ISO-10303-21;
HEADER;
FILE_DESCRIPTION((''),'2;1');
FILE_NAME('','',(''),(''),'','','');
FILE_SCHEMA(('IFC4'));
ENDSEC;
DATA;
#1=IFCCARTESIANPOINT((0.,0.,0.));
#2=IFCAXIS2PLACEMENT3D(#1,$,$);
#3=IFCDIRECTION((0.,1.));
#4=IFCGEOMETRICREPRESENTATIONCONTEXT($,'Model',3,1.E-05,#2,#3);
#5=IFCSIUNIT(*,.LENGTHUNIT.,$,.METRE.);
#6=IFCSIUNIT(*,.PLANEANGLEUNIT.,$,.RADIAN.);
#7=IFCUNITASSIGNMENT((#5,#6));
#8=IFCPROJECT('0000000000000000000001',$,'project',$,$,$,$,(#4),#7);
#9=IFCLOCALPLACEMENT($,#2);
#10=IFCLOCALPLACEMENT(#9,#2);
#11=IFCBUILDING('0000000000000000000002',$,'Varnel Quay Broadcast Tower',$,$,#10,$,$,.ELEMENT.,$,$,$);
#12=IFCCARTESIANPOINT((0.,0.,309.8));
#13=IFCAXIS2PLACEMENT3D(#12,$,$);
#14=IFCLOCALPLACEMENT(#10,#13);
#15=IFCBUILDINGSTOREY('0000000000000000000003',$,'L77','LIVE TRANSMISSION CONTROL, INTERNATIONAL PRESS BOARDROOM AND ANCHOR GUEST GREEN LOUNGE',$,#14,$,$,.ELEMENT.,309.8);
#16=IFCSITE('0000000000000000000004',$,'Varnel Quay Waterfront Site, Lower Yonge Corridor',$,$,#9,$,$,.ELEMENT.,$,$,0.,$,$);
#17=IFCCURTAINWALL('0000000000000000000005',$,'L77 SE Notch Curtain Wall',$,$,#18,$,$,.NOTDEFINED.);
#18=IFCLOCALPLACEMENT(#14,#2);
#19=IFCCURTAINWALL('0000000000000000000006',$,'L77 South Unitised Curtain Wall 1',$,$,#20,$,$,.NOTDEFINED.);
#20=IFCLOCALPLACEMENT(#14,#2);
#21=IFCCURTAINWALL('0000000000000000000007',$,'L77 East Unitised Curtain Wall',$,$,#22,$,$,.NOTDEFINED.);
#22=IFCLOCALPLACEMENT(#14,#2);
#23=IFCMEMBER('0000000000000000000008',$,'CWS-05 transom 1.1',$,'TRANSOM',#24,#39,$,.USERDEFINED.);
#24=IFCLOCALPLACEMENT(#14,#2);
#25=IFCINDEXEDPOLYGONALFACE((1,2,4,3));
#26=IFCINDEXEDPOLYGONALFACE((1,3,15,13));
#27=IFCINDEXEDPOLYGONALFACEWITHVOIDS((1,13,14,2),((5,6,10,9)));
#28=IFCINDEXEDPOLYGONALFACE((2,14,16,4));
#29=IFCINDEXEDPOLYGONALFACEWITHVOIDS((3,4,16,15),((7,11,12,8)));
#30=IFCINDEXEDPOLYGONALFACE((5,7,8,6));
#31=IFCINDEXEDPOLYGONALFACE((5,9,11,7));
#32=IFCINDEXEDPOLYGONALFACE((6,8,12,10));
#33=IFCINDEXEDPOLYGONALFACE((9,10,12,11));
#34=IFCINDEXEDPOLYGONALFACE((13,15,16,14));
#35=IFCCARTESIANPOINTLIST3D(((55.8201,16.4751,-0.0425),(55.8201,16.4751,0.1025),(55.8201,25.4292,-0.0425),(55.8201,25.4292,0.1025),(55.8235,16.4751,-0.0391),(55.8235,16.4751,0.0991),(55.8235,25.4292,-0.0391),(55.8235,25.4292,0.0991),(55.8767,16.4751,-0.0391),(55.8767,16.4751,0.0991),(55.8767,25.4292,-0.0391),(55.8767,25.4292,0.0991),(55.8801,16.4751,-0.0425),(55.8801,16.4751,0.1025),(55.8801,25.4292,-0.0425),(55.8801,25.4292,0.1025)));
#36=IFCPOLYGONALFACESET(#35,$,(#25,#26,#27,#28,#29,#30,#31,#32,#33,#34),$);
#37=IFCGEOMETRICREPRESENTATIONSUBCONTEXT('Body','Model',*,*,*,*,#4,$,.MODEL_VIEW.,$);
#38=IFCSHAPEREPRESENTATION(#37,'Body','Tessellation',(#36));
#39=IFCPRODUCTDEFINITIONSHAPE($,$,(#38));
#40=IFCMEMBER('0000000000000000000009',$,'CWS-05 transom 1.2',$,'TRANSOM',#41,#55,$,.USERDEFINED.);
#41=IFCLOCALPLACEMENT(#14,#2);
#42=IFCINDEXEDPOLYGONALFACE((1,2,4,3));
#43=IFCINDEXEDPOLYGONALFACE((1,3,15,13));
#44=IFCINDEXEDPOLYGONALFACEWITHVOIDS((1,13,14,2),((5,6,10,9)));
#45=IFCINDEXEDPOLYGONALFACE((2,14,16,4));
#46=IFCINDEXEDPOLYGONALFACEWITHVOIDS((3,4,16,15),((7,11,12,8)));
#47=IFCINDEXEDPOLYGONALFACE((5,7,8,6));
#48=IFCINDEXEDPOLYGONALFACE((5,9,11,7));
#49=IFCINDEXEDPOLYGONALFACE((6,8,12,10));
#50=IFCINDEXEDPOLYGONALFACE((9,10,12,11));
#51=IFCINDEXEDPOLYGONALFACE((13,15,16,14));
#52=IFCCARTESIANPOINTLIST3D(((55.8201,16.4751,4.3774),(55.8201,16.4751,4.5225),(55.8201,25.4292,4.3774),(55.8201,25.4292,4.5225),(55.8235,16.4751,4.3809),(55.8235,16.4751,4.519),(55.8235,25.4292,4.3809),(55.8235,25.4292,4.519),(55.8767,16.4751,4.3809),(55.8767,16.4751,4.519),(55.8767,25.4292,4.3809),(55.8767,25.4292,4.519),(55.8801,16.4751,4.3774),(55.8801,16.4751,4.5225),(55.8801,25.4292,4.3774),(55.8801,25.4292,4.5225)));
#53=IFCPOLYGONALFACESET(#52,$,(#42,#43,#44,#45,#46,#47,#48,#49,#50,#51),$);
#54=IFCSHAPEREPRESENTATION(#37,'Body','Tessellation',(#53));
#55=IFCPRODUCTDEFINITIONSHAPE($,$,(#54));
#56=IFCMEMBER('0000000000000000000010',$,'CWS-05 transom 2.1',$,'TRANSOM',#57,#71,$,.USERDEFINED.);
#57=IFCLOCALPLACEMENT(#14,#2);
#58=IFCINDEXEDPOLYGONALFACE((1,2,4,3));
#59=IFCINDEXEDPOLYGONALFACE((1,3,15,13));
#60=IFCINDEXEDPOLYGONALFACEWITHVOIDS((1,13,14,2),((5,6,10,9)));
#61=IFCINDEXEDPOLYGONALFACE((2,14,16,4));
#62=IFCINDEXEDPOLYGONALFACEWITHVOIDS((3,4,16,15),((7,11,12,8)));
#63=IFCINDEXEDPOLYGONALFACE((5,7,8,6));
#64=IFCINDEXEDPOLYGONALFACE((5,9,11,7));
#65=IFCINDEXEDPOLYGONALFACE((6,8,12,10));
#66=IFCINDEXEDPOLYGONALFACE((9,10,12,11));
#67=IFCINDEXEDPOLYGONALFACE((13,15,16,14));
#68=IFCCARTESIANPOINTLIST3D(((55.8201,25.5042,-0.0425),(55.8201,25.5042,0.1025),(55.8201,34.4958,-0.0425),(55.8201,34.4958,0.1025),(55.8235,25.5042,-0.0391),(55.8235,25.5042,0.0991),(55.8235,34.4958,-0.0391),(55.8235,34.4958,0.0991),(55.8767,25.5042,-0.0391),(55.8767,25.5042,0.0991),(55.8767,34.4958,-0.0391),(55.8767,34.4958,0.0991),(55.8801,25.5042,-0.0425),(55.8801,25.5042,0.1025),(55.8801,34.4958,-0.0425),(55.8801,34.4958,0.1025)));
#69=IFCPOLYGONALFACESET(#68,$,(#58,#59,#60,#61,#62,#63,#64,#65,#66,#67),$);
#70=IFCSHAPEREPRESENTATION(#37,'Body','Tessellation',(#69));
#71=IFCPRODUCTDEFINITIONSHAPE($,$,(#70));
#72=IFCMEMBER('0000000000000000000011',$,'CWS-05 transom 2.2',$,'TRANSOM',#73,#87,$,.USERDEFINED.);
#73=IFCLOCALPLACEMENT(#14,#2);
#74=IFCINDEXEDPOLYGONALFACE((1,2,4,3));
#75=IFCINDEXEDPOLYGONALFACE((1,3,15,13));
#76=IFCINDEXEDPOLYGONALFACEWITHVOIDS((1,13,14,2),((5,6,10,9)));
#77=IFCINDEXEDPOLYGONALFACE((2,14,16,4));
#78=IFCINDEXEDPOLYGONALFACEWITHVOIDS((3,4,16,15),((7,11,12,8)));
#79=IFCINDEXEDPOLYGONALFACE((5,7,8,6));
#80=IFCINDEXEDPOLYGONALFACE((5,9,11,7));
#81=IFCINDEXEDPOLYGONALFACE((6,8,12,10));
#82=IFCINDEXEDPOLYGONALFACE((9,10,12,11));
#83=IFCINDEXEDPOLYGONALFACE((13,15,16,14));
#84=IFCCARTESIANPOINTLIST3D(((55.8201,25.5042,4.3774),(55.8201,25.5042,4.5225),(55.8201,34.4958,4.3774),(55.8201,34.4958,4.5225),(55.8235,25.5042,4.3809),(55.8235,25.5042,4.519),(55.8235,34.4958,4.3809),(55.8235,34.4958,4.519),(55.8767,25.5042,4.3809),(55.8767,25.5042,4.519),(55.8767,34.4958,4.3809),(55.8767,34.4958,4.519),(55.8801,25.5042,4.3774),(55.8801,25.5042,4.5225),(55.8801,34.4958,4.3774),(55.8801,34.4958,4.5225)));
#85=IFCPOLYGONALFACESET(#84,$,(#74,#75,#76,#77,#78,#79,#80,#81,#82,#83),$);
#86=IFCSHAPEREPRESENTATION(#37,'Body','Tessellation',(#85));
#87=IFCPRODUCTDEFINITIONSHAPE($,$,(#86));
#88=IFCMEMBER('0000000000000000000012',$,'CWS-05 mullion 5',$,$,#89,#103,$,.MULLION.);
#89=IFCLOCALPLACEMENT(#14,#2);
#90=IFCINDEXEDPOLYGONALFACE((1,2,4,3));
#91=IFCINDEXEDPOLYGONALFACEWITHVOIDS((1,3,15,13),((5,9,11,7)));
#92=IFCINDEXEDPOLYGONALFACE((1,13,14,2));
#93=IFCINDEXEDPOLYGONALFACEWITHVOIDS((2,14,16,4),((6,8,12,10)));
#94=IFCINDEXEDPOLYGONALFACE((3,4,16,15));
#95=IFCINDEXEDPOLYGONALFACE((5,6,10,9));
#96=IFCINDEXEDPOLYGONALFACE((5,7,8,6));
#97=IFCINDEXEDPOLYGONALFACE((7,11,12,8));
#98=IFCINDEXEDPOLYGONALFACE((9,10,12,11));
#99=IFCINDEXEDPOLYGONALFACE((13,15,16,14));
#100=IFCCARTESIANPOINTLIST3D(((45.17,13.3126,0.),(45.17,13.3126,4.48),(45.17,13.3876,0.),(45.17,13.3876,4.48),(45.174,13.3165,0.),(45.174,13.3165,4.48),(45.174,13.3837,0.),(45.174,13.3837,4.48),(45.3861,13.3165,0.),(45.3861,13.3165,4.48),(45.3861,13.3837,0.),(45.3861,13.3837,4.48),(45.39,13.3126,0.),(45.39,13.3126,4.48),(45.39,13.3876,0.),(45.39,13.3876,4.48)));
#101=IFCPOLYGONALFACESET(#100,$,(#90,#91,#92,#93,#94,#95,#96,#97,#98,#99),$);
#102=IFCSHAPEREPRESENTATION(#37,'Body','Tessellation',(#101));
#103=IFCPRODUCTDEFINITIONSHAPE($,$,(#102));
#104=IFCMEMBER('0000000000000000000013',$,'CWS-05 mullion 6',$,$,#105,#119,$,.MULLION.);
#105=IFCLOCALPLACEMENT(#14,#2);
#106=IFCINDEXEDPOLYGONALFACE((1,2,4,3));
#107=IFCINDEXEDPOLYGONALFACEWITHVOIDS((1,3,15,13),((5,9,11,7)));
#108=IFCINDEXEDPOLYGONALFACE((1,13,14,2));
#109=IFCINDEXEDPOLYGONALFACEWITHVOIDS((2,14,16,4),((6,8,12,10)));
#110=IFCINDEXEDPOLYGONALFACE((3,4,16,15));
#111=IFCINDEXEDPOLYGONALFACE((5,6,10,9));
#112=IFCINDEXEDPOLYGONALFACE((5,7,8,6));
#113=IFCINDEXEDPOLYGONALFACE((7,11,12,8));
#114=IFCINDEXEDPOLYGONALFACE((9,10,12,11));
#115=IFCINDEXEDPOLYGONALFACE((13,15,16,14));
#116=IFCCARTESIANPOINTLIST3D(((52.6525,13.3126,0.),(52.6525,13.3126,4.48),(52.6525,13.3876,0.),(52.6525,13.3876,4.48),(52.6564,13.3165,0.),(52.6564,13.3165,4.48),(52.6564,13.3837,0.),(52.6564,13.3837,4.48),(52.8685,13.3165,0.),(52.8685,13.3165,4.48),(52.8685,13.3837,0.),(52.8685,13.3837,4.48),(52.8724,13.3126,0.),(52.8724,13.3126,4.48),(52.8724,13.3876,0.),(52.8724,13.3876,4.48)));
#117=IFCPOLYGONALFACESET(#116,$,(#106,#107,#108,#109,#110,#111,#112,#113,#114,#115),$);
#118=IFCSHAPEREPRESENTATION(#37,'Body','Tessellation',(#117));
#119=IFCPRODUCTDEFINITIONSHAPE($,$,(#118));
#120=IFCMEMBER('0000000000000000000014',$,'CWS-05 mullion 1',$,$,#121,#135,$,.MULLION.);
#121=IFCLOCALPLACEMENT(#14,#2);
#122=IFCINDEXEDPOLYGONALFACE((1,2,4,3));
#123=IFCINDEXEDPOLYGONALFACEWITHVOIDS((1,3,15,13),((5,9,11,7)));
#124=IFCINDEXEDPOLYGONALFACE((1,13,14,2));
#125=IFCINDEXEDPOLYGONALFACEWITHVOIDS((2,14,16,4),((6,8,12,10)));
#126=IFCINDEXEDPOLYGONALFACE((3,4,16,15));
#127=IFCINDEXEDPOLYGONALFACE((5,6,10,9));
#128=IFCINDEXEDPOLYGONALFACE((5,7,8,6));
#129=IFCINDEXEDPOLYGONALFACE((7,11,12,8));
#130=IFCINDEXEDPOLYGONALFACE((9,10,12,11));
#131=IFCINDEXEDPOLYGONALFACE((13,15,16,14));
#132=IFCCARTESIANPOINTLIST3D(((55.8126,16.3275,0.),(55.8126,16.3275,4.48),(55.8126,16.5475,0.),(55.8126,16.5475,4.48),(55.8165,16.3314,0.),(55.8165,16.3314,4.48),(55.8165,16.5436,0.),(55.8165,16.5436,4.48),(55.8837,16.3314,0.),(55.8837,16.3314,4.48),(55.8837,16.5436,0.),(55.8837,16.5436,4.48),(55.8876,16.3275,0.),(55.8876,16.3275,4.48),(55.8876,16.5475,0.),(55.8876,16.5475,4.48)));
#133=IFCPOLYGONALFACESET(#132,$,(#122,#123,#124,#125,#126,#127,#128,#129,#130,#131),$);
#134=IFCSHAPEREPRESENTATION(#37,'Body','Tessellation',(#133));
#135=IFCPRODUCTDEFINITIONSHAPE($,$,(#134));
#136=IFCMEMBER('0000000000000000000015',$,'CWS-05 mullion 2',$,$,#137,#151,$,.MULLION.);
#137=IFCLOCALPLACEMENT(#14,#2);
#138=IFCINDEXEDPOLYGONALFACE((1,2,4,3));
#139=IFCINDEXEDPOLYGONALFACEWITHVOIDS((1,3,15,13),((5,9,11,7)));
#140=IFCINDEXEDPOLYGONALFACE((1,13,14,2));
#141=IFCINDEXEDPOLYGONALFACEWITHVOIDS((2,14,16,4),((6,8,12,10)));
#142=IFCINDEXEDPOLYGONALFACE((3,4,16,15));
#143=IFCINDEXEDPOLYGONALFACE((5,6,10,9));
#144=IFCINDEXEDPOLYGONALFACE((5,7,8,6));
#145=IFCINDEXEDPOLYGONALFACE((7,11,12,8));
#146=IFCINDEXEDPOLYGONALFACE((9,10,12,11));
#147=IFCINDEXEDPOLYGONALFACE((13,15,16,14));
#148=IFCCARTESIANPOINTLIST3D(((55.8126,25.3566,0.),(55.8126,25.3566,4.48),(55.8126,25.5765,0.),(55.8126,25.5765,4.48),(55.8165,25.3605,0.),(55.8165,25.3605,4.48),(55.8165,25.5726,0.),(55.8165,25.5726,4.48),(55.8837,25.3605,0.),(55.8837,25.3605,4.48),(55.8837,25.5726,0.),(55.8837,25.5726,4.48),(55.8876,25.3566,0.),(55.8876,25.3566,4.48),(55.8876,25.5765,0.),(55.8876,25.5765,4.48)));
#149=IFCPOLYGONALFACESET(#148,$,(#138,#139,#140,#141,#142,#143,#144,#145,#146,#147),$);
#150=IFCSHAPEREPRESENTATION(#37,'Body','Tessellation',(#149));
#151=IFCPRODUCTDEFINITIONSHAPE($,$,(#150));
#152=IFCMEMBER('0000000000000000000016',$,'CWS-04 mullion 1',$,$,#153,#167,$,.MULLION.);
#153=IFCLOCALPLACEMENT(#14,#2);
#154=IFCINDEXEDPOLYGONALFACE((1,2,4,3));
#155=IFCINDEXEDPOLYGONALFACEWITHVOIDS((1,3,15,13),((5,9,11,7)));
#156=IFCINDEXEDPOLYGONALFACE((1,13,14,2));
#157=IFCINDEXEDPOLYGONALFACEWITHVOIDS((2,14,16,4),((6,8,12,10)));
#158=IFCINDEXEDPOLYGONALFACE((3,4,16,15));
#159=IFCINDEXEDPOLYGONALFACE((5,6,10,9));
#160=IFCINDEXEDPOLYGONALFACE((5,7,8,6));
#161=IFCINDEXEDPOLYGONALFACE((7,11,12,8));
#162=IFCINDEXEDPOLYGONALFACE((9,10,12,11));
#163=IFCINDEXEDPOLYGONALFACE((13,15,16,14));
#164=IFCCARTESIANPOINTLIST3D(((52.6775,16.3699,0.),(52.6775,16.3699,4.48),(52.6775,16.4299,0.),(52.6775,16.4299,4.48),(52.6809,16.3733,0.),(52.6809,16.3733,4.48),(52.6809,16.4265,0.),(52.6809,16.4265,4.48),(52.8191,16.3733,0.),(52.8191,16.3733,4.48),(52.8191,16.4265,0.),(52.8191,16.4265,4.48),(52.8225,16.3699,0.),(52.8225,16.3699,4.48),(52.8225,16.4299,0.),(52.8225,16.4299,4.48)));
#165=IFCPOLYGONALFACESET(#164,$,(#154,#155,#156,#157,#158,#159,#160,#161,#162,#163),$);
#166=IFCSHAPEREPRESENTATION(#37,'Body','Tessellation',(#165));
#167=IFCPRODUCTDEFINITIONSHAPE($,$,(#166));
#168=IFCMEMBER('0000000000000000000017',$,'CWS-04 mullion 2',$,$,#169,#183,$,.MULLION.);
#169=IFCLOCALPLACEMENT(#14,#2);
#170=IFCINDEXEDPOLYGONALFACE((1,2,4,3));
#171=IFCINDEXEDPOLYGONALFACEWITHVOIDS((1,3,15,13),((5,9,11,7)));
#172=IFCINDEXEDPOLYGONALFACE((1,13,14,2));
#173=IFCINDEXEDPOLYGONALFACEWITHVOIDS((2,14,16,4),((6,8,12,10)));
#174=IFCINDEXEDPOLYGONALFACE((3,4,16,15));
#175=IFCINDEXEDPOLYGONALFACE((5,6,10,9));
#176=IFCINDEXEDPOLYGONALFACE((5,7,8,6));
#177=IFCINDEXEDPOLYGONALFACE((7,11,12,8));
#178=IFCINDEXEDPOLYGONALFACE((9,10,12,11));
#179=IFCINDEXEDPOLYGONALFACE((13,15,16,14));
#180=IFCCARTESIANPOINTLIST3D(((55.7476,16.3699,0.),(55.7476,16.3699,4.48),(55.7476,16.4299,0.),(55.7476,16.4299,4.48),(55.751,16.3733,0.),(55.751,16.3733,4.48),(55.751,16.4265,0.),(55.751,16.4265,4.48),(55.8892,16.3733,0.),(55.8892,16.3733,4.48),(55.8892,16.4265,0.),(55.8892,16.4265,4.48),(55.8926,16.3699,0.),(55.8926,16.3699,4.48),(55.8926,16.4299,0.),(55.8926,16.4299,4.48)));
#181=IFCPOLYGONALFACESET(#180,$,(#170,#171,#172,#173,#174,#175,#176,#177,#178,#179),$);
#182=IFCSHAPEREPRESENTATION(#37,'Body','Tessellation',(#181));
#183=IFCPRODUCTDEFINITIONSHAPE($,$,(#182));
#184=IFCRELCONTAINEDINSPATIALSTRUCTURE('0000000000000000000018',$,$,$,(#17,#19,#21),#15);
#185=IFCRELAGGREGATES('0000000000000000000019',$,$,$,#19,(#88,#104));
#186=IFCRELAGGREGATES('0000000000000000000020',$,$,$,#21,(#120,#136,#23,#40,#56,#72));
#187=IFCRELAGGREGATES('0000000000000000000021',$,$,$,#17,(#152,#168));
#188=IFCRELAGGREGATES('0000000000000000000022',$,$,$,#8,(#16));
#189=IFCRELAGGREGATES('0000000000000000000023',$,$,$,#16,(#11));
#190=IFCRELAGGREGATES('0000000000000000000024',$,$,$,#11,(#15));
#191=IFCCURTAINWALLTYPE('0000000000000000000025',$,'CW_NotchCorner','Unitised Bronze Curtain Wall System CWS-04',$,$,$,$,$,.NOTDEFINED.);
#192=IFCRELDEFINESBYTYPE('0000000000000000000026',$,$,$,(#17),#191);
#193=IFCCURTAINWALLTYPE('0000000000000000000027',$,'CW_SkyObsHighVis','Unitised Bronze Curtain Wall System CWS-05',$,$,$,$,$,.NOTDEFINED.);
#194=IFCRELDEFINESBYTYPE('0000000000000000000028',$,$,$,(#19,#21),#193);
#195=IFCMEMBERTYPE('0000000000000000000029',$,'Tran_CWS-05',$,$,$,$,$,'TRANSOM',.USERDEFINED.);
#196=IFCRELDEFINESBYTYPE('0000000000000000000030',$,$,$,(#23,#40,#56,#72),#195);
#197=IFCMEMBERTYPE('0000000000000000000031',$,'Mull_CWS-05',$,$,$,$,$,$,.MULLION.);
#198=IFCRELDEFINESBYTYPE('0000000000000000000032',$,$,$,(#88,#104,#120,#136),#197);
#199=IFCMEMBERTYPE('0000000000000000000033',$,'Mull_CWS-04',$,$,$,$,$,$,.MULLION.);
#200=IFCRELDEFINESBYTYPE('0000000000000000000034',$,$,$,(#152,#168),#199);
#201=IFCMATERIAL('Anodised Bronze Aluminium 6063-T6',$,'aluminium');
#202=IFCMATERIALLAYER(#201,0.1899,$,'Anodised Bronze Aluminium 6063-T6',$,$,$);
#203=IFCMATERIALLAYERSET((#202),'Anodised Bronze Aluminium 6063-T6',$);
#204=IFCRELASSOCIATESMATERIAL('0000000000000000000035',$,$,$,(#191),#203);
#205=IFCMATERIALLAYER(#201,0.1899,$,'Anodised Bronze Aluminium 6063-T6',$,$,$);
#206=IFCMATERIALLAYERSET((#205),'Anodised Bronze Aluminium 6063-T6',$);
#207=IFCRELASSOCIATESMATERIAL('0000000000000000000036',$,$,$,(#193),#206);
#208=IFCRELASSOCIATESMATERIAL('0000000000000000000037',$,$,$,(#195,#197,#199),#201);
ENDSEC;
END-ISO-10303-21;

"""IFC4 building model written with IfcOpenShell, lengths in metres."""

from ifc_helpers import new_model, si_unit, direction, frame, origin, origin_2d, place, context, subcontext, project, spatial, hollow_rectangle, extrude, source, transform, mapped, material, layer, layer_set, material_profile, profile_set, type_object, type_shapes, element, aggregate, save


model = new_model("IFC4")

# Units and contexts
model_context = context("Model", 3, precision=1e-05, world=origin(), true_north=direction((0.0, 1.0)))
body_context = subcontext(model_context, "Body", "Model", "MODEL_VIEW")
ifc_project = project(units=[si_unit("LENGTHUNIT", "METRE"), si_unit("PLANEANGLEUNIT", "RADIAN")], contexts=[model_context])

# Site, building, storey
site_placement = place(None, origin())
site = spatial("IfcSite", under=ifc_project, at=site_placement, Name="Varnel Quay Waterfront Site, Lower Yonge Corridor", CompositionType="ELEMENT", RefElevation=0.0)
building_placement = place(site_placement, origin())
building = spatial("IfcBuilding", under=site, at=building_placement, Name="Varnel Quay Broadcast Tower", CompositionType="ELEMENT")
storey_placement = place(building_placement, frame((0.0, 0.0, 309.8)))
storey = spatial("IfcBuildingStorey", under=building, at=storey_placement, Name="L77", Description="LIVE TRANSMISSION CONTROL, INTERNATIONAL PRESS BOARDROOM AND ANCHOR GUEST GREEN LOUNGE", CompositionType="ELEMENT", Elevation=309.8)

# Curtain walls, members
ifc_material_1 = material(Name="Anodised Bronze Aluminium 6063-T6", Category="aluminium")
ifc_layer_1 = layer(ifc_material_1, 0.1899, Name="Anodised Bronze Aluminium 6063-T6")
ifc_layer_set_1 = layer_set([ifc_layer_1], Name="Anodised Bronze Aluminium 6063-T6")
curtain_wall_type_1 = type_object("IfcCurtainWallType", Name="CW_NotchCorner", Description="Unitised Bronze Curtain Wall System CWS-04", PredefinedType="NOTDEFINED", material=ifc_layer_set_1)
curtain_wall_1_placement = place(storey_placement, origin())
curtain_wall_1 = element("IfcCurtainWall", 1, at=curtain_wall_1_placement, inside=storey, type_object=curtain_wall_type_1, Name="L77 SE Notch Curtain Wall", PredefinedType="NOTDEFINED")
ifc_layer_2 = layer(ifc_material_1, 0.1899, Name="Anodised Bronze Aluminium 6063-T6")
ifc_layer_set_2 = layer_set([ifc_layer_2], Name="Anodised Bronze Aluminium 6063-T6")
curtain_wall_type_2 = type_object("IfcCurtainWallType", Name="CW_SkyObsHighVis", Description="Unitised Bronze Curtain Wall System CWS-05", PredefinedType="NOTDEFINED", material=ifc_layer_set_2)
curtain_wall_2_placement = place(storey_placement, origin())
curtain_wall_2 = element("IfcCurtainWall", 2, at=curtain_wall_2_placement, inside=storey, type_object=curtain_wall_type_2, Name="L77 South Unitised Curtain Wall 1", PredefinedType="NOTDEFINED")
ifc_material_profile_1 = material_profile(ifc_material_1, hollow_rectangle(XDim=0.0601, YDim=0.145, WallThickness=0.0034, at=origin_2d()), Name="ALU60X145X3.5")
ifc_profile_set_1 = profile_set([ifc_material_profile_1], Name="Anodised Bronze Aluminium 6063-T6")
member_type_1 = type_object("IfcMemberType", Name="Tran_CWS-05", ElementType="TRANSOM", PredefinedType="USERDEFINED", material=ifc_profile_set_1)
curtain_wall_3_placement = place(storey_placement, origin())
curtain_wall_3 = element("IfcCurtainWall", 3, at=curtain_wall_3_placement, inside=storey, type_object=curtain_wall_type_2, Name="L77 East Unitised Curtain Wall", PredefinedType="NOTDEFINED")
shared_shape_1 = source(origin(), body_context, "Body", "SweptSolid", [
    extrude(hollow_rectangle(XDim=0.0601, YDim=0.145, WallThickness=0.0034, at=origin_2d()), origin(), (0.0, 0.0, 1.0), 8.9541),
])
member_1_placement = place(storey_placement, frame((55.8501, 16.4751, 0.03), z_axis=(0.0, 1.0, 0.0), x_axis=(-1.0, 0.0, 0.0)))
member_1 = element("IfcMember", 4, at=member_1_placement, type_object=member_type_1, Name="CWS-05 transom 1.1", ObjectType="TRANSOM", PredefinedType="USERDEFINED", context=body_context, shape_type="MappedRepresentation", body=[
    mapped(shared_shape_1, transform((0.0, 0.0, 0.0), x_axis=(1.0, 0.0, 0.0), y_axis=(0.0, 1.0, 0.0), z_axis=(0.0, 0.0, 1.0), scale=1.0)),
])
member_2_placement = place(storey_placement, frame((55.8501, 16.4751, 4.45), z_axis=(0.0, 1.0, 0.0), x_axis=(-1.0, 0.0, 0.0)))
member_2 = element("IfcMember", 5, at=member_2_placement, type_object=member_type_1, Name="CWS-05 transom 1.2", ObjectType="TRANSOM", PredefinedType="USERDEFINED", context=body_context, shape_type="MappedRepresentation", body=[
    mapped(shared_shape_1, transform((0.0, 0.0, 0.0), x_axis=(1.0, 0.0, 0.0), y_axis=(0.0, 1.0, 0.0), z_axis=(0.0, 0.0, 1.0), scale=1.0)),
])
shared_shape_2 = source(origin(), body_context, "Body", "SweptSolid", [
    extrude(hollow_rectangle(XDim=0.0601, YDim=0.145, WallThickness=0.0034, at=origin_2d()), origin(), (0.0, 0.0, 1.0), 8.9917),
])
member_3_placement = place(storey_placement, frame((55.8501, 25.5042, 0.03), z_axis=(0.0, 1.0, 0.0), x_axis=(-1.0, 0.0, 0.0)))
member_3 = element("IfcMember", 6, at=member_3_placement, type_object=member_type_1, Name="CWS-05 transom 2.1", ObjectType="TRANSOM", PredefinedType="USERDEFINED", context=body_context, shape_type="MappedRepresentation", body=[
    mapped(shared_shape_2, transform((0.0, 0.0, 0.0), x_axis=(1.0, 0.0, 0.0), y_axis=(0.0, 1.0, 0.0), z_axis=(0.0, 0.0, 1.0), scale=1.0)),
])
member_4_placement = place(storey_placement, frame((55.8501, 25.5042, 4.45), z_axis=(0.0, 1.0, 0.0), x_axis=(-1.0, 0.0, 0.0)))
member_4 = element("IfcMember", 7, at=member_4_placement, type_object=member_type_1, Name="CWS-05 transom 2.2", ObjectType="TRANSOM", PredefinedType="USERDEFINED", context=body_context, shape_type="MappedRepresentation", body=[
    mapped(shared_shape_2, transform((0.0, 0.0, 0.0), x_axis=(1.0, 0.0, 0.0), y_axis=(0.0, 1.0, 0.0), z_axis=(0.0, 0.0, 1.0), scale=1.0)),
])

# Members
ifc_material_profile_2 = material_profile(ifc_material_1, hollow_rectangle(XDim=0.075, YDim=0.22, WallThickness=0.0039, at=origin_2d()), Name="ALU75X220X4")
ifc_profile_set_2 = profile_set([ifc_material_profile_2], Name="Anodised Bronze Aluminium 6063-T6")
member_type_2 = type_object("IfcMemberType", Name="Mull_CWS-05", PredefinedType="MULLION", material=ifc_profile_set_2)
shared_shape_3 = source(origin(), body_context, "Body", "SweptSolid", [
    extrude(hollow_rectangle(XDim=0.075, YDim=0.22, WallThickness=0.0039, at=origin_2d()), origin(), (0.0, 0.0, 1.0), 4.48),
])
type_shapes(member_type_2, [shared_shape_3])
member_5_placement = place(storey_placement, frame((45.28, 13.3501, 0.0), z_axis=(0.0, 0.0, 1.0), x_axis=(0.0, 1.0, 0.0)))
member_5 = element("IfcMember", 8, at=member_5_placement, type_object=member_type_2, Name="CWS-05 mullion 5", PredefinedType="MULLION", context=body_context, shape_type="MappedRepresentation", body=[
    mapped(shared_shape_3, transform((0.0, 0.0, 0.0), x_axis=(1.0, 0.0, 0.0), y_axis=(0.0, 1.0, 0.0), z_axis=(0.0, 0.0, 1.0), scale=1.0)),
])
member_6_placement = place(storey_placement, frame((52.7625, 13.3501, 0.0), z_axis=(0.0, 0.0, 1.0), x_axis=(0.0, 1.0, 0.0)))
member_6 = element("IfcMember", 9, at=member_6_placement, type_object=member_type_2, Name="CWS-05 mullion 6", PredefinedType="MULLION", context=body_context, shape_type="MappedRepresentation", body=[
    mapped(shared_shape_3, transform((0.0, 0.0, 0.0), x_axis=(1.0, 0.0, 0.0), y_axis=(0.0, 1.0, 0.0), z_axis=(0.0, 0.0, 1.0), scale=1.0)),
])
member_7_placement = place(storey_placement, frame((55.8501, 16.4375, 0.0), z_axis=(0.0, 0.0, 1.0), x_axis=(-1.0, 0.0, 0.0)))
member_7 = element("IfcMember", 10, at=member_7_placement, type_object=member_type_2, Name="CWS-05 mullion 1", PredefinedType="MULLION", context=body_context, shape_type="MappedRepresentation", body=[
    mapped(shared_shape_3, transform((0.0, 0.0, 0.0), x_axis=(1.0, 0.0, 0.0), y_axis=(0.0, 1.0, 0.0), z_axis=(0.0, 0.0, 1.0), scale=1.0)),
])
member_8_placement = place(storey_placement, frame((55.8501, 25.4666, 0.0), z_axis=(0.0, 0.0, 1.0), x_axis=(-1.0, 0.0, 0.0)))
member_8 = element("IfcMember", 11, at=member_8_placement, type_object=member_type_2, Name="CWS-05 mullion 2", PredefinedType="MULLION", context=body_context, shape_type="MappedRepresentation", body=[
    mapped(shared_shape_3, transform((0.0, 0.0, 0.0), x_axis=(1.0, 0.0, 0.0), y_axis=(0.0, 1.0, 0.0), z_axis=(0.0, 0.0, 1.0), scale=1.0)),
])
ifc_material_profile_3 = material_profile(ifc_material_1, hollow_rectangle(XDim=0.0601, YDim=0.145, WallThickness=0.0034, at=origin_2d()), Name="ALU60X145X3.5")
ifc_profile_set_3 = profile_set([ifc_material_profile_3], Name="Anodised Bronze Aluminium 6063-T6")
member_type_3 = type_object("IfcMemberType", Name="Mull_CWS-04", PredefinedType="MULLION", material=ifc_profile_set_3)
shared_shape_4 = source(origin(), body_context, "Body", "SweptSolid", [
    extrude(hollow_rectangle(XDim=0.0601, YDim=0.145, WallThickness=0.0034, at=origin_2d()), origin(), (0.0, 0.0, 1.0), 4.48),
])
type_shapes(member_type_3, [shared_shape_4])
member_9_placement = place(storey_placement, frame((52.75, 16.3999, 0.0), z_axis=(0.0, 0.0, 1.0), x_axis=(0.0, 1.0, 0.0)))
member_9 = element("IfcMember", 12, at=member_9_placement, type_object=member_type_3, Name="CWS-04 mullion 1", PredefinedType="MULLION", context=body_context, shape_type="MappedRepresentation", body=[
    mapped(shared_shape_4, transform((0.0, 0.0, 0.0), x_axis=(1.0, 0.0, 0.0), y_axis=(0.0, 1.0, 0.0), z_axis=(0.0, 0.0, 1.0), scale=1.0)),
])
member_10_placement = place(storey_placement, frame((55.8201, 16.3999, 0.0), z_axis=(0.0, 0.0, 1.0), x_axis=(0.0, 1.0, 0.0)))
member_10 = element("IfcMember", 13, at=member_10_placement, type_object=member_type_3, Name="CWS-04 mullion 2", PredefinedType="MULLION", context=body_context, shape_type="MappedRepresentation", body=[
    mapped(shared_shape_4, transform((0.0, 0.0, 0.0), x_axis=(1.0, 0.0, 0.0), y_axis=(0.0, 1.0, 0.0), z_axis=(0.0, 0.0, 1.0), scale=1.0)),
])

aggregate(curtain_wall_2, [member_5, member_6])
aggregate(curtain_wall_3, [member_7, member_8, member_1, member_2, member_3, member_4])
aggregate(curtain_wall_1, [member_9, member_10])

save(model, "model.ifc")
